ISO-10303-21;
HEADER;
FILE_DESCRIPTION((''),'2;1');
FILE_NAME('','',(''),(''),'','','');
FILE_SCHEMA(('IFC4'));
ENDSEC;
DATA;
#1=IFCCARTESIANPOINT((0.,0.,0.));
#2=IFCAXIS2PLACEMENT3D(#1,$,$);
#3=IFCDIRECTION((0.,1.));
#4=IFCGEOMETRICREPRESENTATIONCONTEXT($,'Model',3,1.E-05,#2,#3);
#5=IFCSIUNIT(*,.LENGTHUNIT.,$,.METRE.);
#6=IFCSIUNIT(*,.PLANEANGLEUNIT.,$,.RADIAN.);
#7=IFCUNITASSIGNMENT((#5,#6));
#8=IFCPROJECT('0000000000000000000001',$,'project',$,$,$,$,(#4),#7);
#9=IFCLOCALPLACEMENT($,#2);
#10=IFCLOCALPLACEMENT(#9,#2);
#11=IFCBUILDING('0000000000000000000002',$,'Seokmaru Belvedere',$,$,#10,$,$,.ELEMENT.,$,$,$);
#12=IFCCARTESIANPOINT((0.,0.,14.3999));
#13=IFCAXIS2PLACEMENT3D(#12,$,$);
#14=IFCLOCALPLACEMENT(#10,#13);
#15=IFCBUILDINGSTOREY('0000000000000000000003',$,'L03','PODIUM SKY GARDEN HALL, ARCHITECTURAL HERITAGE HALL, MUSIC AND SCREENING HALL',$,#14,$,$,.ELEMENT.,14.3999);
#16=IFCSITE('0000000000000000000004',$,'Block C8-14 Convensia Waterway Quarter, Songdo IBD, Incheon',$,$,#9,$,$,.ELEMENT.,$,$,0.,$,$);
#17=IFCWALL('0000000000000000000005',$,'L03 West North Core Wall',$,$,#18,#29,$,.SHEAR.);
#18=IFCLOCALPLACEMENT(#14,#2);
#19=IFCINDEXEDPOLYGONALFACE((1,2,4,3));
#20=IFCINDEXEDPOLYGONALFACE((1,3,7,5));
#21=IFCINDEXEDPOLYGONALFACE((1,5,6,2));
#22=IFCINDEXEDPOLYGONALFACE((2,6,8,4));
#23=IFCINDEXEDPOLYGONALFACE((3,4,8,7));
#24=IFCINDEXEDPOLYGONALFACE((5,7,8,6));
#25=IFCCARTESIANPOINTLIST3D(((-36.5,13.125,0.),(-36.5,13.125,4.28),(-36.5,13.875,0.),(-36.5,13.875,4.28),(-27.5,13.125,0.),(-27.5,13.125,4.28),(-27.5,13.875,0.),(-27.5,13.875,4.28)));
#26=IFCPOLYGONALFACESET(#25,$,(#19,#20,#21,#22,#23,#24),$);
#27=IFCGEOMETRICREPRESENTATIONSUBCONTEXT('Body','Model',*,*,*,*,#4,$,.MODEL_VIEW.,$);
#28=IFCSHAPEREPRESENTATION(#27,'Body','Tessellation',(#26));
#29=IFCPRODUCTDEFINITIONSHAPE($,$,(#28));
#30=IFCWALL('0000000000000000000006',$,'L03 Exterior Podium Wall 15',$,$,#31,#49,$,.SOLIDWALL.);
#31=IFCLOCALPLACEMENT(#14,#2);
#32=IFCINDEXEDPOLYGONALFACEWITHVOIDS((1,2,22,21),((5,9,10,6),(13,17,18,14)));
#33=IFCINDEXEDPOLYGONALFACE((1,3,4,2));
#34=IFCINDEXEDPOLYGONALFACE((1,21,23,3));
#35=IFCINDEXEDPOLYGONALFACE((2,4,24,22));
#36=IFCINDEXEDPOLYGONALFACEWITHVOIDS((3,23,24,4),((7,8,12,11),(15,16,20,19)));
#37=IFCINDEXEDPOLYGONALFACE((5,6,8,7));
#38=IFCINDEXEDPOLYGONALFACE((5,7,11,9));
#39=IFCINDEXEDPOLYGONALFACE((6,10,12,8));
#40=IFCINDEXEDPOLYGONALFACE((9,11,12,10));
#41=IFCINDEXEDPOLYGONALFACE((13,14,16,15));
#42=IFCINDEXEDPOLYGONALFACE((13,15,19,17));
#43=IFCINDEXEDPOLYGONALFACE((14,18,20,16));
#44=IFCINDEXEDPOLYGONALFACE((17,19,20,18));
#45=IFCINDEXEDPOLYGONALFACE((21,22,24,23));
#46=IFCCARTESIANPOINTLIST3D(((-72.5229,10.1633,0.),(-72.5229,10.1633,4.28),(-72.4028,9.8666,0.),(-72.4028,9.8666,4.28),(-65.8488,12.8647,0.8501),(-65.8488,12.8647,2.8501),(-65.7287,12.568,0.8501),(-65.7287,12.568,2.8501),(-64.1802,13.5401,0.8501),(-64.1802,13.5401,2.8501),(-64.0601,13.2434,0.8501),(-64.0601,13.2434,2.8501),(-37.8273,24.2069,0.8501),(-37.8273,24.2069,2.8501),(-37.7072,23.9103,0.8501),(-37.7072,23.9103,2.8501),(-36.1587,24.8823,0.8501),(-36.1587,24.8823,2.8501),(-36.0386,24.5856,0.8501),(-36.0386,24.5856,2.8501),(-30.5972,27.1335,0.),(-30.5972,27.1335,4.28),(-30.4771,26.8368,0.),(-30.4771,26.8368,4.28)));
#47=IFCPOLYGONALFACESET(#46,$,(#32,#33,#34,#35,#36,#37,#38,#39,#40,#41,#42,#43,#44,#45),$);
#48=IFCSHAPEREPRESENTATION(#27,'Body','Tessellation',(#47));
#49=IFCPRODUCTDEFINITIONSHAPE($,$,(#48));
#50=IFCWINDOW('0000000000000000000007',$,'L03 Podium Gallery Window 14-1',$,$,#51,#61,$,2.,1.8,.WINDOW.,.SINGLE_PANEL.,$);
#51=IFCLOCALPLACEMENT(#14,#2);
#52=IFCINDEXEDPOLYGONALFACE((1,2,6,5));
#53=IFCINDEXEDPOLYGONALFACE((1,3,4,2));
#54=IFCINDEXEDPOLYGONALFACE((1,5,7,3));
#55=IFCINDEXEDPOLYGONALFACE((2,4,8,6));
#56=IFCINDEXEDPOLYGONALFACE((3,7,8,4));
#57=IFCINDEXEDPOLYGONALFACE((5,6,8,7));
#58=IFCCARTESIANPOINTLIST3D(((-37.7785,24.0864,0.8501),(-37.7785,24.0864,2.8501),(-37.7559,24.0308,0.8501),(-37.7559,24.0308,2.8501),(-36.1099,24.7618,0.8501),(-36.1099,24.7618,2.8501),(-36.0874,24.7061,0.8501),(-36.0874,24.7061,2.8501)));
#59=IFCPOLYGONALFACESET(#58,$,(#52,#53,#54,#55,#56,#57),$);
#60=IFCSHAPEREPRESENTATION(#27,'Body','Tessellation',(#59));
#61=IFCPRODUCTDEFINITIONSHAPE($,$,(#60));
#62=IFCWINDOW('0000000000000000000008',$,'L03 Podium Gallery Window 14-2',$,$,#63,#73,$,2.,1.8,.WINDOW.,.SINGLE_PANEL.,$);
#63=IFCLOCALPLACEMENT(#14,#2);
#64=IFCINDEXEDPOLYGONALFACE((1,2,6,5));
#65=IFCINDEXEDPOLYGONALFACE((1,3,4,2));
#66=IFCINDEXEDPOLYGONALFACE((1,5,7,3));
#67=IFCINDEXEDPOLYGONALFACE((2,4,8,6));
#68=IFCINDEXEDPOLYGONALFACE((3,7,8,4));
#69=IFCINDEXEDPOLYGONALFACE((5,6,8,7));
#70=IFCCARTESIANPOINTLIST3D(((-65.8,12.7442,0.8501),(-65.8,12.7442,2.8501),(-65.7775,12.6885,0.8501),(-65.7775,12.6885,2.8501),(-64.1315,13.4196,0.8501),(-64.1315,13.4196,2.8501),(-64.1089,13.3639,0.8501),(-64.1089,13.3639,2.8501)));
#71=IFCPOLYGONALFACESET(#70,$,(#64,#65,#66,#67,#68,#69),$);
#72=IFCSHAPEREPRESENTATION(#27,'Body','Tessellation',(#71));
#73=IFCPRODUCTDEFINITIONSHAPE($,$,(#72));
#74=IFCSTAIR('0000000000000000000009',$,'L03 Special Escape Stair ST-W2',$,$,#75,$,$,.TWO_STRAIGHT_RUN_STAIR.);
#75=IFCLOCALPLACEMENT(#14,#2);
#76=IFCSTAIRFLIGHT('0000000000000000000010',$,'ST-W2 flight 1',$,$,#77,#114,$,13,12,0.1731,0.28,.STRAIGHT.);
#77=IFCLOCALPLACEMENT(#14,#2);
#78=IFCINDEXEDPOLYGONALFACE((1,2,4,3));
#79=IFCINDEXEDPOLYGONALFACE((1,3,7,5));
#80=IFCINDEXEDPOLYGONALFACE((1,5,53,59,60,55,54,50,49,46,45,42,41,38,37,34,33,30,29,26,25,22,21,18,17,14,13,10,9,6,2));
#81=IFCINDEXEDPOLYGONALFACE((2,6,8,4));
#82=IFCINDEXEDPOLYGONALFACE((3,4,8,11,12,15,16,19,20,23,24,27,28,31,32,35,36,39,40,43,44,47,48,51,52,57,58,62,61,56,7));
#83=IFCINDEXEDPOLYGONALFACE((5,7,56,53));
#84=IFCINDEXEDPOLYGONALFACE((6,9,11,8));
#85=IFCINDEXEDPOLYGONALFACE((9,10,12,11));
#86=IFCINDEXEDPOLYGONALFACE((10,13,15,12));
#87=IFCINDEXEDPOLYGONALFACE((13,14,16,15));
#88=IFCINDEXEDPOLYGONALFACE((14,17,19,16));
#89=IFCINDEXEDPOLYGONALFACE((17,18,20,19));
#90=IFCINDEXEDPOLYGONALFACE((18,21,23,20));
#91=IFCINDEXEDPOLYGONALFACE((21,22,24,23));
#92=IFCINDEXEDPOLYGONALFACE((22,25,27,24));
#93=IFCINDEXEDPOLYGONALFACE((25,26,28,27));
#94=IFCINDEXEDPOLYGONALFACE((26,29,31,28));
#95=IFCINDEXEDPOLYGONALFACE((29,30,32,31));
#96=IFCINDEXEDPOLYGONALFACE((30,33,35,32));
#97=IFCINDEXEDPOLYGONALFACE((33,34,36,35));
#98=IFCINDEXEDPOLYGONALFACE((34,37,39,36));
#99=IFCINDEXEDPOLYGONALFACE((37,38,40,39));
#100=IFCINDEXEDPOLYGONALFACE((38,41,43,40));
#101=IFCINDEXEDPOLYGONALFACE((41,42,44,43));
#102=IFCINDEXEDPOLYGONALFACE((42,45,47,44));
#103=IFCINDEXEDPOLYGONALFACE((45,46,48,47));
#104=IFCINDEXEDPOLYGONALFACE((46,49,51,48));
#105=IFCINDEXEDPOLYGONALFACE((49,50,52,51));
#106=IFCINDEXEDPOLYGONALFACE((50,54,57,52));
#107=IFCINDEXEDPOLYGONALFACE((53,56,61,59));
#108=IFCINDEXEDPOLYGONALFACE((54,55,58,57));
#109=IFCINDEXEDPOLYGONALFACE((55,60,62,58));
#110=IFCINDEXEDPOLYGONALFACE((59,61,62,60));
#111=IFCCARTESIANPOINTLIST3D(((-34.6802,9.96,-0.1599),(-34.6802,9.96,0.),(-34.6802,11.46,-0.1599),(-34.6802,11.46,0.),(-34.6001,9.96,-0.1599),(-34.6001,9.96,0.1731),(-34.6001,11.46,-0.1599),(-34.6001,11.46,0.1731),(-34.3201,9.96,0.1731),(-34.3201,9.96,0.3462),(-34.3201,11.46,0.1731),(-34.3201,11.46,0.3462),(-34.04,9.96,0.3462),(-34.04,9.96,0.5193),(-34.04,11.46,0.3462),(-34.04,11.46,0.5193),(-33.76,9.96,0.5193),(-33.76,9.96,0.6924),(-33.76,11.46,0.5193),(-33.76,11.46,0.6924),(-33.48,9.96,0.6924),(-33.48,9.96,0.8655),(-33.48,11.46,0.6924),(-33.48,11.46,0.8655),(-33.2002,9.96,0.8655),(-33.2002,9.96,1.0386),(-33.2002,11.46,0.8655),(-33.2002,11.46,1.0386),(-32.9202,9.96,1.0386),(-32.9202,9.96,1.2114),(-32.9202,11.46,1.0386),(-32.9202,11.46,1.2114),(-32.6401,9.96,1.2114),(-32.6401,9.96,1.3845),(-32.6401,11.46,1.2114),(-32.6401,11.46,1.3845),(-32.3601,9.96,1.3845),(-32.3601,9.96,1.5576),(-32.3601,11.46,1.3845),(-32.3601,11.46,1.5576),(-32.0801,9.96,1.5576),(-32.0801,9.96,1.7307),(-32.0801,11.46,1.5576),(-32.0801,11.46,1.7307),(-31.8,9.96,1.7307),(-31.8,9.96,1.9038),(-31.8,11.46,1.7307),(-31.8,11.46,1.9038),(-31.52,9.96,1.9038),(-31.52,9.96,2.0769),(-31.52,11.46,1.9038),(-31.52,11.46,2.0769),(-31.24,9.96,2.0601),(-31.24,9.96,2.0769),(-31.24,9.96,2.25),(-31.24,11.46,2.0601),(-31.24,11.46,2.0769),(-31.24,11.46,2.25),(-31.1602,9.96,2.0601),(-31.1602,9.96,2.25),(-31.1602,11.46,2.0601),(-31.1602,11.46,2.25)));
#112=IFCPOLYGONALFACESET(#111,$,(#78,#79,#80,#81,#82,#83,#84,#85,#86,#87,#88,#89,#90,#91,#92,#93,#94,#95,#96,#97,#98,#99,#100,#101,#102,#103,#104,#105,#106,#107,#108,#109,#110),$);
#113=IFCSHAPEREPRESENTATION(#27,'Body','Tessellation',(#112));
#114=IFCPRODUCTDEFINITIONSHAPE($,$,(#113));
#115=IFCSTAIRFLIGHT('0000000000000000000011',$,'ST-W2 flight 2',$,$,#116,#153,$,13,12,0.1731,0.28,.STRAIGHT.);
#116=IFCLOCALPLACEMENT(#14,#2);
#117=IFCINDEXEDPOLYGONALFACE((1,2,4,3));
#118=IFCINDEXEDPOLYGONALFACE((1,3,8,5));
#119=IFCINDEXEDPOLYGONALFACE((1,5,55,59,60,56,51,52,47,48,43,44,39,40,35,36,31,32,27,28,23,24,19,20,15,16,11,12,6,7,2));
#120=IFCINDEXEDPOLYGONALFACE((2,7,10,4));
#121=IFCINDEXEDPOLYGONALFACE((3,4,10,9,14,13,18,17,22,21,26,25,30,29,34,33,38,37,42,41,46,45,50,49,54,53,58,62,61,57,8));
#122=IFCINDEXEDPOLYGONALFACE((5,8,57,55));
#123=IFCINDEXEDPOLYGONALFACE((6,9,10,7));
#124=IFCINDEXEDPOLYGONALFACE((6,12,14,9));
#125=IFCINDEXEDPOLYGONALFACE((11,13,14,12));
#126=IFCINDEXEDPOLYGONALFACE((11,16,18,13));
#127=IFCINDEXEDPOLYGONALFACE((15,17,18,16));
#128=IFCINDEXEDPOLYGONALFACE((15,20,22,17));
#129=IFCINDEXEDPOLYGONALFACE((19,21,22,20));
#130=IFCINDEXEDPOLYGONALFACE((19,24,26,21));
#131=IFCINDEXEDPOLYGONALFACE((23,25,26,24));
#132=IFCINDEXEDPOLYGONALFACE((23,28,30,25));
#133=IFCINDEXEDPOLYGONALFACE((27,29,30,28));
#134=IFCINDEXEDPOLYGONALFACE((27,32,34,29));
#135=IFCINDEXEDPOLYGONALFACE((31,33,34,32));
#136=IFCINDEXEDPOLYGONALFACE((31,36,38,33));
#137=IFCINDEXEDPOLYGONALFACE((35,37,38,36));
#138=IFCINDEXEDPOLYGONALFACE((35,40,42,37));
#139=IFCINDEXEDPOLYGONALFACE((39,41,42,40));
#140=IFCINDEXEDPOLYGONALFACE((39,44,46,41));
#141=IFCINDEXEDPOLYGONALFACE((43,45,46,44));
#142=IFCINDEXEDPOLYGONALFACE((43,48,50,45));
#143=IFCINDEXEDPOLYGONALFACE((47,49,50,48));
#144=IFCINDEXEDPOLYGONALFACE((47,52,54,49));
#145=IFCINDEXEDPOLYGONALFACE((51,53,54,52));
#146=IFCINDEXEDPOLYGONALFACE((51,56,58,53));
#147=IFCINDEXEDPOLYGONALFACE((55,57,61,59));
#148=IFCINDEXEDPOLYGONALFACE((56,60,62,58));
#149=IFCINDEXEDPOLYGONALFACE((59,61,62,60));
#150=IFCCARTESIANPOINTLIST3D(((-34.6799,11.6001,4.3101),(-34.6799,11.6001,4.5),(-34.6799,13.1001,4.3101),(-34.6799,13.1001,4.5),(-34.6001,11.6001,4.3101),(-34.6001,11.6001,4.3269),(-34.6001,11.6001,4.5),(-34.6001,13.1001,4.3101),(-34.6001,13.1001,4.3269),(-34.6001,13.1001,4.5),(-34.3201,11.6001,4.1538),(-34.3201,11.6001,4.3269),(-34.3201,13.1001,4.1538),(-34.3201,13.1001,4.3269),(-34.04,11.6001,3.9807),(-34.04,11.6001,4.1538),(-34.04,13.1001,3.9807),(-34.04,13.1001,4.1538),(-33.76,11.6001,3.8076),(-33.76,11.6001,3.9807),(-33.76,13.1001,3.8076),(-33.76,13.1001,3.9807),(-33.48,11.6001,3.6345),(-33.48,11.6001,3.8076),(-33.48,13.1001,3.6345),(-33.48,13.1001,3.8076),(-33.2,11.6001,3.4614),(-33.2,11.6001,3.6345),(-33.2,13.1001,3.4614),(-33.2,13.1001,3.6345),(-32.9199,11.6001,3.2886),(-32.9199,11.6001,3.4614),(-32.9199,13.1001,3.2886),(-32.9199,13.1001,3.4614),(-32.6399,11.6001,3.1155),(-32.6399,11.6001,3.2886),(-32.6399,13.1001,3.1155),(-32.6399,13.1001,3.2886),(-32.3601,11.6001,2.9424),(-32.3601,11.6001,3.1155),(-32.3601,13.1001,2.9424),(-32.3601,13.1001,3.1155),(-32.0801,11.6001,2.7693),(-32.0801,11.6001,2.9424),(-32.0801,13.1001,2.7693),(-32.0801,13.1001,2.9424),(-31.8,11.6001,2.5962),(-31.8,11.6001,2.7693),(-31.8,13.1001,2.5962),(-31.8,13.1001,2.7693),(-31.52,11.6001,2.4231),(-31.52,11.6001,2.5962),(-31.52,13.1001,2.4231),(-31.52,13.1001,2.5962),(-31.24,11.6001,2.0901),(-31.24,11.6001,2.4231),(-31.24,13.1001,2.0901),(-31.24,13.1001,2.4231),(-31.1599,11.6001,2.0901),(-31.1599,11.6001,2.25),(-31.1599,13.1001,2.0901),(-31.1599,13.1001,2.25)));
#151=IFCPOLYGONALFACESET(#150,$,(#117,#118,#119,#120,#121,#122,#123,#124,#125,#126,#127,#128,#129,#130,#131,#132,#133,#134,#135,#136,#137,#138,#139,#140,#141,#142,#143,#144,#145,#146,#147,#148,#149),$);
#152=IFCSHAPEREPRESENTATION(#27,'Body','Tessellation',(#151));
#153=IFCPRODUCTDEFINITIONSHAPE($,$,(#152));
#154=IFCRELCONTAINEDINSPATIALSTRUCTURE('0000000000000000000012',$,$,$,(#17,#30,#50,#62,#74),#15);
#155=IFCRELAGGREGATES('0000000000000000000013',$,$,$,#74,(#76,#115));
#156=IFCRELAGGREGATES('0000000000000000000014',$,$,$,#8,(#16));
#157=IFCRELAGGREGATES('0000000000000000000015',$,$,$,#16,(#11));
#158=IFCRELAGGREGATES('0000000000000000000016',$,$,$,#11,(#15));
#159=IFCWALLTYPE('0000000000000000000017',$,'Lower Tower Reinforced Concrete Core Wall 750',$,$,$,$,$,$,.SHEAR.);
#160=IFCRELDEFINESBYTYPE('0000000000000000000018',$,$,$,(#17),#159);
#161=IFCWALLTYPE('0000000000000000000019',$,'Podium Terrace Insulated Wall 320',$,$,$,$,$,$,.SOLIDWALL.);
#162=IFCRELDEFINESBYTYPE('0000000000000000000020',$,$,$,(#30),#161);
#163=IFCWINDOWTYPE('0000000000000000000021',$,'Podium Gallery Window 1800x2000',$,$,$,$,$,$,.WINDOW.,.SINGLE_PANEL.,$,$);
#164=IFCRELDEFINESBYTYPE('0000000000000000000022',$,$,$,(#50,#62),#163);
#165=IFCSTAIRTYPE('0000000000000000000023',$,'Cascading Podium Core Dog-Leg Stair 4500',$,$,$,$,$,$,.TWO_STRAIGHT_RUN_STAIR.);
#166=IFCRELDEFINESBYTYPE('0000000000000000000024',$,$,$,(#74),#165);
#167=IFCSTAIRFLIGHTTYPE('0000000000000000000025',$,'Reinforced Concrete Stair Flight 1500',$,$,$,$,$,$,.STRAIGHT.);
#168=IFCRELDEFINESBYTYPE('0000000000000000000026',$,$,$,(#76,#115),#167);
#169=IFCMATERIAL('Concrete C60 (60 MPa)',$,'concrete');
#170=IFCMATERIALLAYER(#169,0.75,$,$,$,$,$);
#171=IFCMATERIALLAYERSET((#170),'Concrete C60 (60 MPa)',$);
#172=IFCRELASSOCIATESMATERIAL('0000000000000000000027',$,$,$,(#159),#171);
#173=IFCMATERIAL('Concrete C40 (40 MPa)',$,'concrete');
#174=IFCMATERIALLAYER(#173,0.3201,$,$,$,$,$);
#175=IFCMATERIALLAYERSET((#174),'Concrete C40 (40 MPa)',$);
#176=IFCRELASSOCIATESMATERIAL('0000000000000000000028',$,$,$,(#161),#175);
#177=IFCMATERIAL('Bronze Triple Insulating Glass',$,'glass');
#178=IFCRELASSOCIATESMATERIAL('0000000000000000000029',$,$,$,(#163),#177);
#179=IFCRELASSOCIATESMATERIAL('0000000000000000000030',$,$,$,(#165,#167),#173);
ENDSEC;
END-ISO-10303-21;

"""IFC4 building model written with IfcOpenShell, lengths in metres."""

from ifc_helpers import new_model, si_unit, direction, frame, frame_2d, origin, place, context, subcontext, project, spatial, polyline, rectangle, outline, extrude, source, transform, mapped, material, layer, layer_set, type_object, type_shapes, element, fill, aggregate, save


model = new_model("IFC4")

# Units and contexts
model_context = context("Model", 3, precision=1e-05, world=origin(), true_north=direction((0.0, 1.0)))
body_context = subcontext(model_context, "Body", "Model", "MODEL_VIEW")
ifc_project = project(units=[si_unit("LENGTHUNIT", "METRE"), si_unit("PLANEANGLEUNIT", "RADIAN")], contexts=[model_context])

# Site, building, storey
site_placement = place(None, origin())
site = spatial("IfcSite", under=ifc_project, at=site_placement, Name="Block C8-14 Convensia Waterway Quarter, Songdo IBD, Incheon", CompositionType="ELEMENT", RefElevation=0.0)
building_placement = place(site_placement, origin())
building = spatial("IfcBuilding", under=site, at=building_placement, Name="Seokmaru Belvedere", CompositionType="ELEMENT")
storey_placement = place(building_placement, frame((0.0, 0.0, 14.3999)))
storey = spatial("IfcBuildingStorey", under=building, at=storey_placement, Name="L03", Description="PODIUM SKY GARDEN HALL, ARCHITECTURAL HERITAGE HALL, MUSIC AND SCREENING HALL", CompositionType="ELEMENT", Elevation=14.3999)

# Wall
ifc_material_1 = material(Name="Concrete C60 (60 MPa)", Category="concrete")
ifc_layer_1 = layer(ifc_material_1, 0.75)
ifc_layer_set_1 = layer_set([ifc_layer_1], Name="Concrete C60 (60 MPa)")
wall_type_1 = type_object("IfcWallType", Name="Lower Tower Reinforced Concrete Core Wall 750", PredefinedType="SHEAR", material=ifc_layer_set_1)
wall_1_placement = place(storey_placement, frame((-36.5, 13.5, 0.0), z_axis=(0.0, 0.0, 1.0), x_axis=(1.0, 0.0, 0.0)))
element("IfcWall", 1, at=wall_1_placement, inside=storey, type_object=wall_type_1, Name="L03 West North Core Wall", PredefinedType="SHEAR", context=body_context, shape_type="SweptSolid", body=[
    extrude(rectangle(XDim=9.0, YDim=0.75, at=frame_2d((4.5, 0.0))), origin(), (0.0, 0.0, 1.0), 4.28),
])

# Wall, openings, windows
ifc_material_2 = material(Name="Concrete C40 (40 MPa)", Category="concrete")
ifc_layer_2 = layer(ifc_material_2, 0.3201)
ifc_layer_set_2 = layer_set([ifc_layer_2], Name="Concrete C40 (40 MPa)")
wall_type_2 = type_object("IfcWallType", Name="Podium Terrace Insulated Wall 320", PredefinedType="SOLIDWALL", material=ifc_layer_set_2)
wall_2_placement = place(storey_placement, frame((-30.5371, 26.9851, 0.0), z_axis=(0.0, 0.0, 1.0), x_axis=(-0.926945, -0.375198, 0.0)))
wall_2 = element("IfcWall", 2, at=wall_2_placement, inside=storey, type_object=wall_type_2, Name="L03 Exterior Podium Wall 15", PredefinedType="SOLIDWALL", context=body_context, shape_type="SweptSolid", body=[
    extrude(rectangle(XDim=45.23, YDim=0.3201, at=frame_2d((22.615, 0.0))), origin(), (0.0, 0.0, 1.0), 4.28),
])
opening_1_placement = place(wall_2_placement, frame((6.0, 0.0, 0.8501)))
opening_1 = element("IfcOpeningElement", 3, at=opening_1_placement, cuts=wall_2, PredefinedType="OPENING", context=body_context, shape_type="SweptSolid", body=[
    extrude(rectangle(XDim=1.8, YDim=2.0, at=frame_2d((0.8999, 1.0))), frame((0.0, 0.1699, 0.0), z_axis=(0.0, -1.0, 0.0), x_axis=(1.0, 0.0, 0.0)), (0.0, 0.0, 1.0), 0.3401),
])
opening_2_placement = place(wall_2_placement, frame((36.23, 0.0, 0.8501)))
opening_2 = element("IfcOpeningElement", 4, at=opening_2_placement, cuts=wall_2, PredefinedType="OPENING", context=body_context, shape_type="SweptSolid", body=[
    extrude(rectangle(XDim=1.8, YDim=2.0, at=frame_2d((0.8999, 1.0))), frame((0.0, 0.1699, 0.0), z_axis=(0.0, -1.0, 0.0), x_axis=(1.0, 0.0, 0.0)), (0.0, 0.0, 1.0), 0.3401),
])
ifc_material_3 = material(Name="Bronze Triple Insulating Glass", Category="glass")
window_type = type_object("IfcWindowType", Name="Podium Gallery Window 1800x2000", PartitioningType="SINGLE_PANEL", PredefinedType="WINDOW", material=ifc_material_3)
shared_shape_1 = source(origin(), body_context, "Body", "SweptSolid", [
    extrude(rectangle(XDim=1.8, YDim=2.0, at=frame_2d((0.8999, 1.0))), frame((0.0, 0.03, 0.0), z_axis=(0.0, -1.0, 0.0), x_axis=(1.0, 0.0, 0.0)), (0.0, 0.0, 1.0), 0.0601),
])
type_shapes(window_type, [shared_shape_1])
window_1_placement = place(opening_1_placement, origin())
window_1 = element("IfcWindow", 5, at=window_1_placement, inside=storey, type_object=window_type, Name="L03 Podium Gallery Window 14-1", OverallHeight=2.0, OverallWidth=1.8, PartitioningType="SINGLE_PANEL", PredefinedType="WINDOW", context=body_context, shape_type="MappedRepresentation", body=[
    mapped(shared_shape_1, transform((0.0, 0.0, 0.0), scale=1.0)),
])
fill(opening_1, window_1)
window_2_placement = place(opening_2_placement, origin())
window_2 = element("IfcWindow", 6, at=window_2_placement, inside=storey, type_object=window_type, Name="L03 Podium Gallery Window 14-2", OverallHeight=2.0, OverallWidth=1.8, PartitioningType="SINGLE_PANEL", PredefinedType="WINDOW", context=body_context, shape_type="MappedRepresentation", body=[
    mapped(shared_shape_1, transform((0.0, 0.0, 0.0), scale=1.0)),
])
fill(opening_2, window_2)

# Stair, stair flights
stair_type = type_object("IfcStairType", Name="Cascading Podium Core Dog-Leg Stair 4500", PredefinedType="TWO_STRAIGHT_RUN_STAIR", material=ifc_material_2)
stair_placement = place(storey_placement, origin())
stair = element("IfcStair", 7, at=stair_placement, inside=storey, type_object=stair_type, Name="L03 Special Escape Stair ST-W2", PredefinedType="TWO_STRAIGHT_RUN_STAIR")
stair_flight_type = type_object("IfcStairFlightType", Name="Reinforced Concrete Stair Flight 1500", PredefinedType="STRAIGHT", material=ifc_material_2)
stair_flight_1_placement = place(storey_placement, frame((-34.6001, 10.71, 0.0), z_axis=(0.0, 0.0, 1.0), x_axis=(1.0, 0.0, 0.0)))
stair_flight_1 = element("IfcStairFlight", 8, at=stair_flight_1_placement, type_object=stair_flight_type, Name="ST-W2 flight 1", NumberOfRisers=13, NumberOfTreads=12, PredefinedType="STRAIGHT", RiserHeight=0.1731, TreadLength=0.28, context=body_context, shape_type="SweptSolid", body=[
    extrude(outline(polyline([(-0.0801, 0.0), (0.0, 0.1731), (0.28, 0.1731), (0.28, 0.3462), (0.5601, 0.3462), (0.5601, 0.5193), (0.8401, 0.5193), (0.8401, 0.6924), (1.1201, 0.6924), (1.1201, 0.8655), (1.3999, 0.8655), (1.3999, 1.0386), (1.6799, 1.0386), (1.6799, 1.2114), (1.96, 1.2114), (1.96, 1.3845), (2.24, 1.3845), (2.24, 1.5576), (2.52, 1.5576), (2.52, 1.7307), (2.8, 1.7307), (2.8, 1.9038), (3.0801, 1.9038), (3.0801, 2.0769), (3.3601, 2.0769), (3.3601, 2.25), (3.4399, 2.25), (3.4399, 2.0601), (3.3601, 2.0601), (0.0, -0.1599), (-0.0801, -0.1599), (-0.0801, 0.0)])), frame((0.0, 0.75, 0.0), z_axis=(0.0, -1.0, 0.0), x_axis=(1.0, 0.0, 0.0)), (0.0, 0.0, 1.0), 1.5),
])
stair_flight_2_placement = place(storey_placement, frame((-31.24, 12.3501, 2.25), z_axis=(0.0, 0.0, 1.0), x_axis=(-1.0, 0.0, 0.0)))
stair_flight_2 = element("IfcStairFlight", 9, at=stair_flight_2_placement, type_object=stair_flight_type, Name="ST-W2 flight 2", NumberOfRisers=13, NumberOfTreads=12, PredefinedType="STRAIGHT", RiserHeight=0.1731, TreadLength=0.28, context=body_context, shape_type="SweptSolid", body=[
    extrude(outline(polyline([(-0.0801, 0.0), (0.0, 0.1731), (0.28, 0.1731), (0.28, 0.3462), (0.5601, 0.3462), (0.5601, 0.5193), (0.8401, 0.5193), (0.8401, 0.6924), (1.1201, 0.6924), (1.1201, 0.8655), (1.3999, 0.8655), (1.3999, 1.0386), (1.6799, 1.0386), (1.6799, 1.2114), (1.96, 1.2114), (1.96, 1.3845), (2.24, 1.3845), (2.24, 1.5576), (2.52, 1.5576), (2.52, 1.7307), (2.8, 1.7307), (2.8, 1.9038), (3.0801, 1.9038), (3.0801, 2.0769), (3.3601, 2.0769), (3.3601, 2.25), (3.4399, 2.25), (3.4399, 2.0601), (3.3601, 2.0601), (0.0, -0.1599), (-0.0801, -0.1599), (-0.0801, 0.0)])), frame((0.0, 0.75, 0.0), z_axis=(0.0, -1.0, 0.0), x_axis=(1.0, 0.0, 0.0)), (0.0, 0.0, 1.0), 1.5),
])
aggregate(stair, [stair_flight_1, stair_flight_2])

save(model, "model.ifc")
